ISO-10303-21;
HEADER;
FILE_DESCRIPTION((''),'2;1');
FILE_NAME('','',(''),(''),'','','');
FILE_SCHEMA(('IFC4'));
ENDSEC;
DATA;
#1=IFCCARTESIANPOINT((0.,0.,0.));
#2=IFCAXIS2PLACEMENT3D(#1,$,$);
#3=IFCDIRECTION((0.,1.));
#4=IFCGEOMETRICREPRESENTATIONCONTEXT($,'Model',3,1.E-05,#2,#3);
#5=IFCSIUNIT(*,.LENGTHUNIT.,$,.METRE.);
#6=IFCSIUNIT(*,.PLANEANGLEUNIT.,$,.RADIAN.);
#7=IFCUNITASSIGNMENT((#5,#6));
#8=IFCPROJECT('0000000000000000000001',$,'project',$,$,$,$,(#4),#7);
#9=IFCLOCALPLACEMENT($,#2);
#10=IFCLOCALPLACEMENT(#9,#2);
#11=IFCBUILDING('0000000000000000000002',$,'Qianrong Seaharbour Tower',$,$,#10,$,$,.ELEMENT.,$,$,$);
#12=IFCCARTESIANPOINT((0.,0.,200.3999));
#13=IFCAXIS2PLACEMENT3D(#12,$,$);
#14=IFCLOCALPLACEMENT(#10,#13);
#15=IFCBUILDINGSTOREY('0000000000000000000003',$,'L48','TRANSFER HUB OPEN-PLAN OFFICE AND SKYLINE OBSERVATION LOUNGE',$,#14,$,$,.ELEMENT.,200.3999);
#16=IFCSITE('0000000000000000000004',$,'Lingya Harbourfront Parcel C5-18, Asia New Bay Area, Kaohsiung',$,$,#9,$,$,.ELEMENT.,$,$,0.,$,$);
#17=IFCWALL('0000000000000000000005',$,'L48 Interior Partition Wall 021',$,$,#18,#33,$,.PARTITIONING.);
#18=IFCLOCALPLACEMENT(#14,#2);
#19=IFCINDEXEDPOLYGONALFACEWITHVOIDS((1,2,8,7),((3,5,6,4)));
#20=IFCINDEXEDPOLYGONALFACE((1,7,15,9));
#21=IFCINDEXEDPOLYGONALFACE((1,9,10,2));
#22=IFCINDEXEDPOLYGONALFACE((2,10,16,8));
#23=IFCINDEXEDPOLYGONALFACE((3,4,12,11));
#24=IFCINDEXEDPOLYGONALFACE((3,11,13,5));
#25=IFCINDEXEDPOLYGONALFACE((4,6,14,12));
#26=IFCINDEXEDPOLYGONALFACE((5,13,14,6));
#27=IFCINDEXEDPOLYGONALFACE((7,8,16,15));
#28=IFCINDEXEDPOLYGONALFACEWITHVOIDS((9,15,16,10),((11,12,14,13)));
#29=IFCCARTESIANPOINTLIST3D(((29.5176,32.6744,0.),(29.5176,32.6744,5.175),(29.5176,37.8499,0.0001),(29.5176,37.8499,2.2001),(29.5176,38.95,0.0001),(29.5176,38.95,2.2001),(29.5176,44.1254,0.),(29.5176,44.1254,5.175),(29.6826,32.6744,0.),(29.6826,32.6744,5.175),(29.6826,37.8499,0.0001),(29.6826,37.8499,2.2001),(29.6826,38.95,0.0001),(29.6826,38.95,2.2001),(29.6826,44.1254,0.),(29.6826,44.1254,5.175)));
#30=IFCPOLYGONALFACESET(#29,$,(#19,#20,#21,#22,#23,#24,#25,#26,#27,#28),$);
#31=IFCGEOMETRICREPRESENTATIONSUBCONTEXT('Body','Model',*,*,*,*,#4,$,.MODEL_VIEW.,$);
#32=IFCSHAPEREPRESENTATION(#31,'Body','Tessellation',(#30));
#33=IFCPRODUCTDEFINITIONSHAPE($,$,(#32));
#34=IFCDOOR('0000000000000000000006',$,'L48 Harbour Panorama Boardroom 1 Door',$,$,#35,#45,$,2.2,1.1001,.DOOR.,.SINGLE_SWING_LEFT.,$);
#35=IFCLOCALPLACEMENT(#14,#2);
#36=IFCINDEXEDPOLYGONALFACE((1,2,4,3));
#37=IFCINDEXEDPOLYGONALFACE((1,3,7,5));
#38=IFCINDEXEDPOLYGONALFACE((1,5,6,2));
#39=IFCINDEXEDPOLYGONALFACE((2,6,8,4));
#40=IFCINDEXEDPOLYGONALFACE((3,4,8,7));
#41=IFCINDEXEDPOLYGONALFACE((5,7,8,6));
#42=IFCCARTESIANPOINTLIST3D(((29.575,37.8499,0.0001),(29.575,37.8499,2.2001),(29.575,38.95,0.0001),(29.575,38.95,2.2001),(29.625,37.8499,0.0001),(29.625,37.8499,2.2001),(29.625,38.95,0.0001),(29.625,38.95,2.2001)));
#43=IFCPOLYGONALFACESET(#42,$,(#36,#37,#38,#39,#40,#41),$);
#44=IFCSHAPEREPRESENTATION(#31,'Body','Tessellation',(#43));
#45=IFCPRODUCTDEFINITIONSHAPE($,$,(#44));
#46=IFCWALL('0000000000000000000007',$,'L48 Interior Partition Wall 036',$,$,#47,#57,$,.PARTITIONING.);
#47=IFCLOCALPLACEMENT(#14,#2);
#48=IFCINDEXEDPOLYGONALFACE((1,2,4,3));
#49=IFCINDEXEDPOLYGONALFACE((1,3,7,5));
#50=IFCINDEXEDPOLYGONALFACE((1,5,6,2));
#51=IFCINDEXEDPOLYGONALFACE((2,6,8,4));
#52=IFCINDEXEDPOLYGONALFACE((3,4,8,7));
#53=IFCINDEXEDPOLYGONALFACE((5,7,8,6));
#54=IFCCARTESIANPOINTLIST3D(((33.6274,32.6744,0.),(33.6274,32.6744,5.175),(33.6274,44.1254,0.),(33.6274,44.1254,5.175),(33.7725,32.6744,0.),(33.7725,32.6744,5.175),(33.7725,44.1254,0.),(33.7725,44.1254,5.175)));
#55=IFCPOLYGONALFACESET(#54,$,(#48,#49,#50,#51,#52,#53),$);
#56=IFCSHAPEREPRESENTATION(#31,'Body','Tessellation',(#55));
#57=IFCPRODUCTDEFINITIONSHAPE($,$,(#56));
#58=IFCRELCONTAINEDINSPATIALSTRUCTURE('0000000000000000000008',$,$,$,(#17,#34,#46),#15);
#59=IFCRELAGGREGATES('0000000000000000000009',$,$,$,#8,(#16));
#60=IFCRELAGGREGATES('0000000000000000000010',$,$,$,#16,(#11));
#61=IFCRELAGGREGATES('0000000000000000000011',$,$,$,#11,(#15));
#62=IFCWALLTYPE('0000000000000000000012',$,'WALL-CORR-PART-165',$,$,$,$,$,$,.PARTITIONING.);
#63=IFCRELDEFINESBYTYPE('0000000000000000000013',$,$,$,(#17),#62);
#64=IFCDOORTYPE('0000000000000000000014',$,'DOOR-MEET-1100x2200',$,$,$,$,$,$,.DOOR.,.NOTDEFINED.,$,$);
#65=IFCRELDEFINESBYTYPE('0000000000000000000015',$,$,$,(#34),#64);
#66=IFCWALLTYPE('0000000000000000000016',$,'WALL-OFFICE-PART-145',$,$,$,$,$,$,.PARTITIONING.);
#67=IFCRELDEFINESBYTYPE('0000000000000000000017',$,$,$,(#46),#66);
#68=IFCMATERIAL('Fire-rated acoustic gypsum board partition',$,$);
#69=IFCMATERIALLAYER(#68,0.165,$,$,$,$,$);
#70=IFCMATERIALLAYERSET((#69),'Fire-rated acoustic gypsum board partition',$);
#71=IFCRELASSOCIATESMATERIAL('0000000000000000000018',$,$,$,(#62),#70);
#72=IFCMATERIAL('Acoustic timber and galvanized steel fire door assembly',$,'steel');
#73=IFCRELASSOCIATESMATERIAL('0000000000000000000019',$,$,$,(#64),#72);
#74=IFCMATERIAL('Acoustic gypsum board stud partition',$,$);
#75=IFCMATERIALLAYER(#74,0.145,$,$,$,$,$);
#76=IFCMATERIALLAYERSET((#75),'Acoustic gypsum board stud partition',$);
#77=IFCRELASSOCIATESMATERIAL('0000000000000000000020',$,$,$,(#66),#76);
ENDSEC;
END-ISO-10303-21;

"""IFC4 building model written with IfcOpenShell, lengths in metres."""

from ifc_helpers import new_model, si_unit, direction, frame, frame_2d, origin, place, context, subcontext, project, spatial, rectangle, extrude, material, layer, layer_set, type_object, element, fill, save


model = new_model("IFC4")

# Units and contexts
model_context = context("Model", 3, precision=1e-05, world=origin(), true_north=direction((0.0, 1.0)))
body_context = subcontext(model_context, "Body", "Model", "MODEL_VIEW")
ifc_project = project(units=[si_unit("LENGTHUNIT", "METRE"), si_unit("PLANEANGLEUNIT", "RADIAN")], contexts=[model_context])

# Site, building, storey
site_placement = place(None, origin())
site = spatial("IfcSite", under=ifc_project, at=site_placement, Name="Lingya Harbourfront Parcel C5-18, Asia New Bay Area, Kaohsiung", CompositionType="ELEMENT", RefElevation=0.0)
building_placement = place(site_placement, origin())
building = spatial("IfcBuilding", under=site, at=building_placement, Name="Qianrong Seaharbour Tower", CompositionType="ELEMENT")
storey_placement = place(building_placement, frame((0.0, 0.0, 200.3999)))
storey = spatial("IfcBuildingStorey", under=building, at=storey_placement, Name="L48", Description="TRANSFER HUB OPEN-PLAN OFFICE AND SKYLINE OBSERVATION LOUNGE", CompositionType="ELEMENT", Elevation=200.3999)

# Wall, opening, door
ifc_material_1 = material(Name="Fire-rated acoustic gypsum board partition")
ifc_layer_1 = layer(ifc_material_1, 0.165)
ifc_layer_set_1 = layer_set([ifc_layer_1], Name="Fire-rated acoustic gypsum board partition")
wall_type_1 = type_object("IfcWallType", Name="WALL-CORR-PART-165", PredefinedType="PARTITIONING", material=ifc_layer_set_1)
wall_1_placement = place(storey_placement, frame((29.6001, 44.1255, 0.0), z_axis=(0.0, 0.0, 1.0), x_axis=(0.0, -1.0, 0.0)))
wall_1 = element("IfcWall", 1, at=wall_1_placement, inside=storey, type_object=wall_type_1, Name="L48 Interior Partition Wall 021", PredefinedType="PARTITIONING", context=body_context, shape_type="SweptSolid", body=[
    extrude(rectangle(XDim=11.4509, YDim=0.165, at=frame_2d((5.7256, 0.0))), origin(), (0.0, 0.0, 1.0), 5.175),
])
opening_placement = place(wall_1_placement, frame((5.1755, 0.0, 0.0)))
opening = element("IfcOpeningElement", 2, at=opening_placement, cuts=wall_1, PredefinedType="OPENING", context=body_context, shape_type="SweptSolid", body=[
    extrude(rectangle(XDim=1.1001, YDim=2.2, at=frame_2d((0.55, 1.1001))), frame((0.0, 0.0925, 0.0), z_axis=(0.0, -1.0, 0.0), x_axis=(1.0, 0.0, 0.0)), (0.0, 0.0, 1.0), 0.1851),
])
ifc_material_2 = material(Name="Acoustic timber and galvanized steel fire door assembly", Category="steel")
door_type = type_object("IfcDoorType", Name="DOOR-MEET-1100x2200", OperationType="NOTDEFINED", PredefinedType="DOOR", material=ifc_material_2)
door_placement = place(opening_placement, origin())
door = element("IfcDoor", 3, at=door_placement, inside=storey, type_object=door_type, Name="L48 Harbour Panorama Boardroom 1 Door", OperationType="SINGLE_SWING_LEFT", OverallHeight=2.2, OverallWidth=1.1001, PredefinedType="DOOR", context=body_context, shape_type="SweptSolid", body=[
    extrude(rectangle(XDim=1.1001, YDim=2.2, at=frame_2d((0.55, 1.1001))), frame((0.0, 0.0249, 0.0), z_axis=(0.0, -1.0, 0.0), x_axis=(1.0, 0.0, 0.0)), (0.0, 0.0, 1.0), 0.05),
])
fill(opening, door)

# Wall
ifc_material_3 = material(Name="Acoustic gypsum board stud partition")
ifc_layer_2 = layer(ifc_material_3, 0.145)
ifc_layer_set_2 = layer_set([ifc_layer_2], Name="Acoustic gypsum board stud partition")
wall_type_2 = type_object("IfcWallType", Name="WALL-OFFICE-PART-145", PredefinedType="PARTITIONING", material=ifc_layer_set_2)
wall_2_placement = place(storey_placement, frame((33.7, 44.1255, 0.0), z_axis=(0.0, 0.0, 1.0), x_axis=(0.0, -1.0, 0.0)))
element("IfcWall", 4, at=wall_2_placement, inside=storey, type_object=wall_type_2, Name="L48 Interior Partition Wall 036", PredefinedType="PARTITIONING", context=body_context, shape_type="SweptSolid", body=[
    extrude(rectangle(XDim=11.4509, YDim=0.145, at=frame_2d((5.7256, 0.0))), origin(), (0.0, 0.0, 1.0), 5.175),
])

save(model, "model.ifc")
